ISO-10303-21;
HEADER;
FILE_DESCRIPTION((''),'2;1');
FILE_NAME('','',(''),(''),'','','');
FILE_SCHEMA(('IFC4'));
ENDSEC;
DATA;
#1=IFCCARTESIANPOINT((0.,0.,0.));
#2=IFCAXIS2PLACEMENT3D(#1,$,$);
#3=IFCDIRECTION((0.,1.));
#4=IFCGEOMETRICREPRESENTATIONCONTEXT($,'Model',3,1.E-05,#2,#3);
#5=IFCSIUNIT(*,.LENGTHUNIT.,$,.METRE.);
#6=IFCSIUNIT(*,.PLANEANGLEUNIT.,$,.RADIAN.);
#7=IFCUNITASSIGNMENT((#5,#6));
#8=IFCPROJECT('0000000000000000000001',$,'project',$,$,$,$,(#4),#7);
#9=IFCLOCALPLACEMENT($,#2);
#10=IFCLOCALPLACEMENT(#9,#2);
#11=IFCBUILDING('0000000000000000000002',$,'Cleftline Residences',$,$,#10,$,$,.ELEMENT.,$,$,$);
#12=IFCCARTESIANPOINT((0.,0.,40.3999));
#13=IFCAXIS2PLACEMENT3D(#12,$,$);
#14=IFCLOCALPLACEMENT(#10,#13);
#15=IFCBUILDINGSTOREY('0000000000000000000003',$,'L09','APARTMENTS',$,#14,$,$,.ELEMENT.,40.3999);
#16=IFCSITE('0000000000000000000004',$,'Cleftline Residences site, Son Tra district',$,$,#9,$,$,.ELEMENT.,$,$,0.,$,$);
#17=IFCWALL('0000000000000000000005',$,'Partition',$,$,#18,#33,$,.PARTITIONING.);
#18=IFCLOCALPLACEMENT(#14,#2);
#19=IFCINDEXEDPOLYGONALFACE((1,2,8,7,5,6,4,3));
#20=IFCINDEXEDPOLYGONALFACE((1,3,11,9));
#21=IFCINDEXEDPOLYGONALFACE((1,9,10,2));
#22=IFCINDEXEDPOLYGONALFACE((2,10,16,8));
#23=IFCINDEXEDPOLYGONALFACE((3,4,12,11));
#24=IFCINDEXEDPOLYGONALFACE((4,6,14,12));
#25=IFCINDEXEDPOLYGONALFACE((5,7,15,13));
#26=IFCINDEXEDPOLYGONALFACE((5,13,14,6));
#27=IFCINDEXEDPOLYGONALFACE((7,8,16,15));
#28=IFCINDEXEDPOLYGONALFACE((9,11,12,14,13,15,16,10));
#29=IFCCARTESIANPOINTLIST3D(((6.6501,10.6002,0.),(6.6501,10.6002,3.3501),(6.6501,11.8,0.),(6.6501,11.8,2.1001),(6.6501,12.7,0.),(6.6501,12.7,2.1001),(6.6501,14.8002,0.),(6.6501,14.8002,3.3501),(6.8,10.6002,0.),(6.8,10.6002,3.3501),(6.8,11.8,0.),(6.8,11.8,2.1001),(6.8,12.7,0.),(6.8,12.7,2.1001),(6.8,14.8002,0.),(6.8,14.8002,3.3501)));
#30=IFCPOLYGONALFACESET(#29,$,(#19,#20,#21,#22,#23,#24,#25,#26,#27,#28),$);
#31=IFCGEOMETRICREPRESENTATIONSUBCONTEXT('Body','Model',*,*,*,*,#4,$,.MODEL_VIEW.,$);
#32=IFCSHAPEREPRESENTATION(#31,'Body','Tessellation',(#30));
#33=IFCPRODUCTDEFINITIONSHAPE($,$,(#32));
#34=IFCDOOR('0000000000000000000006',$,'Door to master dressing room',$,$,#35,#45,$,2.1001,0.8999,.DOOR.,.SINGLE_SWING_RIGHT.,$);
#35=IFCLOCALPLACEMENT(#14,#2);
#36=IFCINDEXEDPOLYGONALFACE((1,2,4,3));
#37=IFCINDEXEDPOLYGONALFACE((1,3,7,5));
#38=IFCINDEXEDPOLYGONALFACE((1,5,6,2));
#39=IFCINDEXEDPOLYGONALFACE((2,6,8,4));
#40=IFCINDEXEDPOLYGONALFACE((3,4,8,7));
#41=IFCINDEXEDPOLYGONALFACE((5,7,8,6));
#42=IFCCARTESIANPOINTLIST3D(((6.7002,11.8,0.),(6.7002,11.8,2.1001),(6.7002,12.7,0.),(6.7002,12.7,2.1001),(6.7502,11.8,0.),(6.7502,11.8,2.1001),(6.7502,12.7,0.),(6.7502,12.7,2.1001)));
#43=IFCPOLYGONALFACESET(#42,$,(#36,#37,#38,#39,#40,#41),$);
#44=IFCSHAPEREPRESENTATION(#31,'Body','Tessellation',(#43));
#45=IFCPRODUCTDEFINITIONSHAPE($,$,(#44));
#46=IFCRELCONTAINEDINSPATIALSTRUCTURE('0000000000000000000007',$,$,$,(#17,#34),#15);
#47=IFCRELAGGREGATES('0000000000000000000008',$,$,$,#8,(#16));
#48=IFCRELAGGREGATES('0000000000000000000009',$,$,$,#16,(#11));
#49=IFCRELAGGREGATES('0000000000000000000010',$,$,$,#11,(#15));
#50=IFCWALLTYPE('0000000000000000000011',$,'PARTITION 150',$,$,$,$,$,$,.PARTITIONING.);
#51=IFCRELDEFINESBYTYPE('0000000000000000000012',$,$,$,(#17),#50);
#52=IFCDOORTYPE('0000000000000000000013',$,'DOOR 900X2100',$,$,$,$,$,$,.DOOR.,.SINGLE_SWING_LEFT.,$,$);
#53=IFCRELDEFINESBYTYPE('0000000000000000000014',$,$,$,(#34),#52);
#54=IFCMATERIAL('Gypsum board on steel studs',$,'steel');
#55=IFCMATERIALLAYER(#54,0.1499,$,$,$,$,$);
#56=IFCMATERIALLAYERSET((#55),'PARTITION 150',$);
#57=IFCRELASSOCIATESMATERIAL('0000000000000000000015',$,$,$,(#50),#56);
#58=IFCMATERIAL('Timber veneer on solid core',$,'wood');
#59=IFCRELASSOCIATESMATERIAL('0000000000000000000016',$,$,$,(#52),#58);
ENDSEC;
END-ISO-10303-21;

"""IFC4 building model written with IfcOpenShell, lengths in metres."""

from ifc_helpers import new_model, si_unit, direction, frame, frame_2d, origin, place, context, subcontext, project, spatial, rectangle, extrude, material, layer, layer_set, type_object, element, fill, save


model = new_model("IFC4")

# Units and contexts
model_context = context("Model", 3, precision=1e-05, world=origin(), true_north=direction((0.0, 1.0)))
body_context = subcontext(model_context, "Body", "Model", "MODEL_VIEW")
ifc_project = project(units=[si_unit("LENGTHUNIT", "METRE"), si_unit("PLANEANGLEUNIT", "RADIAN")], contexts=[model_context])

# Site, building, storey
site_placement = place(None, origin())
site = spatial("IfcSite", under=ifc_project, at=site_placement, Name="Cleftline Residences site, Son Tra district", CompositionType="ELEMENT", RefElevation=0.0)
building_placement = place(site_placement, origin())
building = spatial("IfcBuilding", under=site, at=building_placement, Name="Cleftline Residences", CompositionType="ELEMENT")
storey_placement = place(building_placement, frame((0.0, 0.0, 40.3999)))
storey = spatial("IfcBuildingStorey", under=building, at=storey_placement, Name="L09", Description="APARTMENTS", CompositionType="ELEMENT", Elevation=40.3999)

# Shared definitions
ifc_material_1 = material(Name="Gypsum board on steel studs", Category="steel")
ifc_layer = layer(ifc_material_1, 0.1499)
ifc_layer_set = layer_set([ifc_layer], Name="PARTITION 150")
wall_type = type_object("IfcWallType", Name="PARTITION 150", PredefinedType="PARTITIONING", material=ifc_layer_set)

# Wall, opening, door
ifc_material_2 = material(Name="Timber veneer on solid core", Category="wood")
door_type_1 = type_object("IfcDoorType", Name="DOOR 900X2100", OperationType="SINGLE_SWING_LEFT", PredefinedType="DOOR", material=ifc_material_2)
wall_1_placement = place(storey_placement, frame((6.7251, 10.6001, 0.0), z_axis=(0.0, 0.0, 1.0), x_axis=(0.0, 1.0, 0.0)))
wall_1 = element("IfcWall", 1, at=wall_1_placement, inside=storey, type_object=wall_type, Name="Partition", PredefinedType="PARTITIONING", context=body_context, shape_type="SweptSolid", body=[
    extrude(rectangle(XDim=4.2, YDim=0.1499, at=frame_2d((2.1001, 0.0))), origin(), (0.0, 0.0, 1.0), 3.3501),
])
opening_1_placement = place(wall_1_placement, frame((1.2, 0.0, 0.0)))
opening_1 = element("IfcOpeningElement", 2, at=opening_1_placement, cuts=wall_1, PredefinedType="OPENING", context=body_context, shape_type="SweptSolid", body=[
    extrude(rectangle(XDim=0.8999, YDim=2.1001, at=frame_2d((0.45, 1.05))), frame((0.0, 0.085, 0.0), z_axis=(0.0, -1.0, 0.0), x_axis=(1.0, 0.0, 0.0)), (0.0, 0.0, 1.0), 0.1699),
])
door_1_placement = place(opening_1_placement, origin())
door_1 = element("IfcDoor", 3, at=door_1_placement, inside=storey, type_object=door_type_1, Name="Door to master dressing room", OperationType="SINGLE_SWING_RIGHT", OverallHeight=2.1001, OverallWidth=0.8999, PredefinedType="DOOR", context=body_context, shape_type="SweptSolid", body=[
    extrude(rectangle(XDim=0.8999, YDim=2.1001, at=frame_2d((0.45, 1.05))), frame((0.0, 0.0249, 0.0), z_axis=(0.0, -1.0, 0.0), x_axis=(1.0, 0.0, 0.0)), (0.0, 0.0, 1.0), 0.05),
])
fill(opening_1, door_1)

save(model, "model.ifc")
